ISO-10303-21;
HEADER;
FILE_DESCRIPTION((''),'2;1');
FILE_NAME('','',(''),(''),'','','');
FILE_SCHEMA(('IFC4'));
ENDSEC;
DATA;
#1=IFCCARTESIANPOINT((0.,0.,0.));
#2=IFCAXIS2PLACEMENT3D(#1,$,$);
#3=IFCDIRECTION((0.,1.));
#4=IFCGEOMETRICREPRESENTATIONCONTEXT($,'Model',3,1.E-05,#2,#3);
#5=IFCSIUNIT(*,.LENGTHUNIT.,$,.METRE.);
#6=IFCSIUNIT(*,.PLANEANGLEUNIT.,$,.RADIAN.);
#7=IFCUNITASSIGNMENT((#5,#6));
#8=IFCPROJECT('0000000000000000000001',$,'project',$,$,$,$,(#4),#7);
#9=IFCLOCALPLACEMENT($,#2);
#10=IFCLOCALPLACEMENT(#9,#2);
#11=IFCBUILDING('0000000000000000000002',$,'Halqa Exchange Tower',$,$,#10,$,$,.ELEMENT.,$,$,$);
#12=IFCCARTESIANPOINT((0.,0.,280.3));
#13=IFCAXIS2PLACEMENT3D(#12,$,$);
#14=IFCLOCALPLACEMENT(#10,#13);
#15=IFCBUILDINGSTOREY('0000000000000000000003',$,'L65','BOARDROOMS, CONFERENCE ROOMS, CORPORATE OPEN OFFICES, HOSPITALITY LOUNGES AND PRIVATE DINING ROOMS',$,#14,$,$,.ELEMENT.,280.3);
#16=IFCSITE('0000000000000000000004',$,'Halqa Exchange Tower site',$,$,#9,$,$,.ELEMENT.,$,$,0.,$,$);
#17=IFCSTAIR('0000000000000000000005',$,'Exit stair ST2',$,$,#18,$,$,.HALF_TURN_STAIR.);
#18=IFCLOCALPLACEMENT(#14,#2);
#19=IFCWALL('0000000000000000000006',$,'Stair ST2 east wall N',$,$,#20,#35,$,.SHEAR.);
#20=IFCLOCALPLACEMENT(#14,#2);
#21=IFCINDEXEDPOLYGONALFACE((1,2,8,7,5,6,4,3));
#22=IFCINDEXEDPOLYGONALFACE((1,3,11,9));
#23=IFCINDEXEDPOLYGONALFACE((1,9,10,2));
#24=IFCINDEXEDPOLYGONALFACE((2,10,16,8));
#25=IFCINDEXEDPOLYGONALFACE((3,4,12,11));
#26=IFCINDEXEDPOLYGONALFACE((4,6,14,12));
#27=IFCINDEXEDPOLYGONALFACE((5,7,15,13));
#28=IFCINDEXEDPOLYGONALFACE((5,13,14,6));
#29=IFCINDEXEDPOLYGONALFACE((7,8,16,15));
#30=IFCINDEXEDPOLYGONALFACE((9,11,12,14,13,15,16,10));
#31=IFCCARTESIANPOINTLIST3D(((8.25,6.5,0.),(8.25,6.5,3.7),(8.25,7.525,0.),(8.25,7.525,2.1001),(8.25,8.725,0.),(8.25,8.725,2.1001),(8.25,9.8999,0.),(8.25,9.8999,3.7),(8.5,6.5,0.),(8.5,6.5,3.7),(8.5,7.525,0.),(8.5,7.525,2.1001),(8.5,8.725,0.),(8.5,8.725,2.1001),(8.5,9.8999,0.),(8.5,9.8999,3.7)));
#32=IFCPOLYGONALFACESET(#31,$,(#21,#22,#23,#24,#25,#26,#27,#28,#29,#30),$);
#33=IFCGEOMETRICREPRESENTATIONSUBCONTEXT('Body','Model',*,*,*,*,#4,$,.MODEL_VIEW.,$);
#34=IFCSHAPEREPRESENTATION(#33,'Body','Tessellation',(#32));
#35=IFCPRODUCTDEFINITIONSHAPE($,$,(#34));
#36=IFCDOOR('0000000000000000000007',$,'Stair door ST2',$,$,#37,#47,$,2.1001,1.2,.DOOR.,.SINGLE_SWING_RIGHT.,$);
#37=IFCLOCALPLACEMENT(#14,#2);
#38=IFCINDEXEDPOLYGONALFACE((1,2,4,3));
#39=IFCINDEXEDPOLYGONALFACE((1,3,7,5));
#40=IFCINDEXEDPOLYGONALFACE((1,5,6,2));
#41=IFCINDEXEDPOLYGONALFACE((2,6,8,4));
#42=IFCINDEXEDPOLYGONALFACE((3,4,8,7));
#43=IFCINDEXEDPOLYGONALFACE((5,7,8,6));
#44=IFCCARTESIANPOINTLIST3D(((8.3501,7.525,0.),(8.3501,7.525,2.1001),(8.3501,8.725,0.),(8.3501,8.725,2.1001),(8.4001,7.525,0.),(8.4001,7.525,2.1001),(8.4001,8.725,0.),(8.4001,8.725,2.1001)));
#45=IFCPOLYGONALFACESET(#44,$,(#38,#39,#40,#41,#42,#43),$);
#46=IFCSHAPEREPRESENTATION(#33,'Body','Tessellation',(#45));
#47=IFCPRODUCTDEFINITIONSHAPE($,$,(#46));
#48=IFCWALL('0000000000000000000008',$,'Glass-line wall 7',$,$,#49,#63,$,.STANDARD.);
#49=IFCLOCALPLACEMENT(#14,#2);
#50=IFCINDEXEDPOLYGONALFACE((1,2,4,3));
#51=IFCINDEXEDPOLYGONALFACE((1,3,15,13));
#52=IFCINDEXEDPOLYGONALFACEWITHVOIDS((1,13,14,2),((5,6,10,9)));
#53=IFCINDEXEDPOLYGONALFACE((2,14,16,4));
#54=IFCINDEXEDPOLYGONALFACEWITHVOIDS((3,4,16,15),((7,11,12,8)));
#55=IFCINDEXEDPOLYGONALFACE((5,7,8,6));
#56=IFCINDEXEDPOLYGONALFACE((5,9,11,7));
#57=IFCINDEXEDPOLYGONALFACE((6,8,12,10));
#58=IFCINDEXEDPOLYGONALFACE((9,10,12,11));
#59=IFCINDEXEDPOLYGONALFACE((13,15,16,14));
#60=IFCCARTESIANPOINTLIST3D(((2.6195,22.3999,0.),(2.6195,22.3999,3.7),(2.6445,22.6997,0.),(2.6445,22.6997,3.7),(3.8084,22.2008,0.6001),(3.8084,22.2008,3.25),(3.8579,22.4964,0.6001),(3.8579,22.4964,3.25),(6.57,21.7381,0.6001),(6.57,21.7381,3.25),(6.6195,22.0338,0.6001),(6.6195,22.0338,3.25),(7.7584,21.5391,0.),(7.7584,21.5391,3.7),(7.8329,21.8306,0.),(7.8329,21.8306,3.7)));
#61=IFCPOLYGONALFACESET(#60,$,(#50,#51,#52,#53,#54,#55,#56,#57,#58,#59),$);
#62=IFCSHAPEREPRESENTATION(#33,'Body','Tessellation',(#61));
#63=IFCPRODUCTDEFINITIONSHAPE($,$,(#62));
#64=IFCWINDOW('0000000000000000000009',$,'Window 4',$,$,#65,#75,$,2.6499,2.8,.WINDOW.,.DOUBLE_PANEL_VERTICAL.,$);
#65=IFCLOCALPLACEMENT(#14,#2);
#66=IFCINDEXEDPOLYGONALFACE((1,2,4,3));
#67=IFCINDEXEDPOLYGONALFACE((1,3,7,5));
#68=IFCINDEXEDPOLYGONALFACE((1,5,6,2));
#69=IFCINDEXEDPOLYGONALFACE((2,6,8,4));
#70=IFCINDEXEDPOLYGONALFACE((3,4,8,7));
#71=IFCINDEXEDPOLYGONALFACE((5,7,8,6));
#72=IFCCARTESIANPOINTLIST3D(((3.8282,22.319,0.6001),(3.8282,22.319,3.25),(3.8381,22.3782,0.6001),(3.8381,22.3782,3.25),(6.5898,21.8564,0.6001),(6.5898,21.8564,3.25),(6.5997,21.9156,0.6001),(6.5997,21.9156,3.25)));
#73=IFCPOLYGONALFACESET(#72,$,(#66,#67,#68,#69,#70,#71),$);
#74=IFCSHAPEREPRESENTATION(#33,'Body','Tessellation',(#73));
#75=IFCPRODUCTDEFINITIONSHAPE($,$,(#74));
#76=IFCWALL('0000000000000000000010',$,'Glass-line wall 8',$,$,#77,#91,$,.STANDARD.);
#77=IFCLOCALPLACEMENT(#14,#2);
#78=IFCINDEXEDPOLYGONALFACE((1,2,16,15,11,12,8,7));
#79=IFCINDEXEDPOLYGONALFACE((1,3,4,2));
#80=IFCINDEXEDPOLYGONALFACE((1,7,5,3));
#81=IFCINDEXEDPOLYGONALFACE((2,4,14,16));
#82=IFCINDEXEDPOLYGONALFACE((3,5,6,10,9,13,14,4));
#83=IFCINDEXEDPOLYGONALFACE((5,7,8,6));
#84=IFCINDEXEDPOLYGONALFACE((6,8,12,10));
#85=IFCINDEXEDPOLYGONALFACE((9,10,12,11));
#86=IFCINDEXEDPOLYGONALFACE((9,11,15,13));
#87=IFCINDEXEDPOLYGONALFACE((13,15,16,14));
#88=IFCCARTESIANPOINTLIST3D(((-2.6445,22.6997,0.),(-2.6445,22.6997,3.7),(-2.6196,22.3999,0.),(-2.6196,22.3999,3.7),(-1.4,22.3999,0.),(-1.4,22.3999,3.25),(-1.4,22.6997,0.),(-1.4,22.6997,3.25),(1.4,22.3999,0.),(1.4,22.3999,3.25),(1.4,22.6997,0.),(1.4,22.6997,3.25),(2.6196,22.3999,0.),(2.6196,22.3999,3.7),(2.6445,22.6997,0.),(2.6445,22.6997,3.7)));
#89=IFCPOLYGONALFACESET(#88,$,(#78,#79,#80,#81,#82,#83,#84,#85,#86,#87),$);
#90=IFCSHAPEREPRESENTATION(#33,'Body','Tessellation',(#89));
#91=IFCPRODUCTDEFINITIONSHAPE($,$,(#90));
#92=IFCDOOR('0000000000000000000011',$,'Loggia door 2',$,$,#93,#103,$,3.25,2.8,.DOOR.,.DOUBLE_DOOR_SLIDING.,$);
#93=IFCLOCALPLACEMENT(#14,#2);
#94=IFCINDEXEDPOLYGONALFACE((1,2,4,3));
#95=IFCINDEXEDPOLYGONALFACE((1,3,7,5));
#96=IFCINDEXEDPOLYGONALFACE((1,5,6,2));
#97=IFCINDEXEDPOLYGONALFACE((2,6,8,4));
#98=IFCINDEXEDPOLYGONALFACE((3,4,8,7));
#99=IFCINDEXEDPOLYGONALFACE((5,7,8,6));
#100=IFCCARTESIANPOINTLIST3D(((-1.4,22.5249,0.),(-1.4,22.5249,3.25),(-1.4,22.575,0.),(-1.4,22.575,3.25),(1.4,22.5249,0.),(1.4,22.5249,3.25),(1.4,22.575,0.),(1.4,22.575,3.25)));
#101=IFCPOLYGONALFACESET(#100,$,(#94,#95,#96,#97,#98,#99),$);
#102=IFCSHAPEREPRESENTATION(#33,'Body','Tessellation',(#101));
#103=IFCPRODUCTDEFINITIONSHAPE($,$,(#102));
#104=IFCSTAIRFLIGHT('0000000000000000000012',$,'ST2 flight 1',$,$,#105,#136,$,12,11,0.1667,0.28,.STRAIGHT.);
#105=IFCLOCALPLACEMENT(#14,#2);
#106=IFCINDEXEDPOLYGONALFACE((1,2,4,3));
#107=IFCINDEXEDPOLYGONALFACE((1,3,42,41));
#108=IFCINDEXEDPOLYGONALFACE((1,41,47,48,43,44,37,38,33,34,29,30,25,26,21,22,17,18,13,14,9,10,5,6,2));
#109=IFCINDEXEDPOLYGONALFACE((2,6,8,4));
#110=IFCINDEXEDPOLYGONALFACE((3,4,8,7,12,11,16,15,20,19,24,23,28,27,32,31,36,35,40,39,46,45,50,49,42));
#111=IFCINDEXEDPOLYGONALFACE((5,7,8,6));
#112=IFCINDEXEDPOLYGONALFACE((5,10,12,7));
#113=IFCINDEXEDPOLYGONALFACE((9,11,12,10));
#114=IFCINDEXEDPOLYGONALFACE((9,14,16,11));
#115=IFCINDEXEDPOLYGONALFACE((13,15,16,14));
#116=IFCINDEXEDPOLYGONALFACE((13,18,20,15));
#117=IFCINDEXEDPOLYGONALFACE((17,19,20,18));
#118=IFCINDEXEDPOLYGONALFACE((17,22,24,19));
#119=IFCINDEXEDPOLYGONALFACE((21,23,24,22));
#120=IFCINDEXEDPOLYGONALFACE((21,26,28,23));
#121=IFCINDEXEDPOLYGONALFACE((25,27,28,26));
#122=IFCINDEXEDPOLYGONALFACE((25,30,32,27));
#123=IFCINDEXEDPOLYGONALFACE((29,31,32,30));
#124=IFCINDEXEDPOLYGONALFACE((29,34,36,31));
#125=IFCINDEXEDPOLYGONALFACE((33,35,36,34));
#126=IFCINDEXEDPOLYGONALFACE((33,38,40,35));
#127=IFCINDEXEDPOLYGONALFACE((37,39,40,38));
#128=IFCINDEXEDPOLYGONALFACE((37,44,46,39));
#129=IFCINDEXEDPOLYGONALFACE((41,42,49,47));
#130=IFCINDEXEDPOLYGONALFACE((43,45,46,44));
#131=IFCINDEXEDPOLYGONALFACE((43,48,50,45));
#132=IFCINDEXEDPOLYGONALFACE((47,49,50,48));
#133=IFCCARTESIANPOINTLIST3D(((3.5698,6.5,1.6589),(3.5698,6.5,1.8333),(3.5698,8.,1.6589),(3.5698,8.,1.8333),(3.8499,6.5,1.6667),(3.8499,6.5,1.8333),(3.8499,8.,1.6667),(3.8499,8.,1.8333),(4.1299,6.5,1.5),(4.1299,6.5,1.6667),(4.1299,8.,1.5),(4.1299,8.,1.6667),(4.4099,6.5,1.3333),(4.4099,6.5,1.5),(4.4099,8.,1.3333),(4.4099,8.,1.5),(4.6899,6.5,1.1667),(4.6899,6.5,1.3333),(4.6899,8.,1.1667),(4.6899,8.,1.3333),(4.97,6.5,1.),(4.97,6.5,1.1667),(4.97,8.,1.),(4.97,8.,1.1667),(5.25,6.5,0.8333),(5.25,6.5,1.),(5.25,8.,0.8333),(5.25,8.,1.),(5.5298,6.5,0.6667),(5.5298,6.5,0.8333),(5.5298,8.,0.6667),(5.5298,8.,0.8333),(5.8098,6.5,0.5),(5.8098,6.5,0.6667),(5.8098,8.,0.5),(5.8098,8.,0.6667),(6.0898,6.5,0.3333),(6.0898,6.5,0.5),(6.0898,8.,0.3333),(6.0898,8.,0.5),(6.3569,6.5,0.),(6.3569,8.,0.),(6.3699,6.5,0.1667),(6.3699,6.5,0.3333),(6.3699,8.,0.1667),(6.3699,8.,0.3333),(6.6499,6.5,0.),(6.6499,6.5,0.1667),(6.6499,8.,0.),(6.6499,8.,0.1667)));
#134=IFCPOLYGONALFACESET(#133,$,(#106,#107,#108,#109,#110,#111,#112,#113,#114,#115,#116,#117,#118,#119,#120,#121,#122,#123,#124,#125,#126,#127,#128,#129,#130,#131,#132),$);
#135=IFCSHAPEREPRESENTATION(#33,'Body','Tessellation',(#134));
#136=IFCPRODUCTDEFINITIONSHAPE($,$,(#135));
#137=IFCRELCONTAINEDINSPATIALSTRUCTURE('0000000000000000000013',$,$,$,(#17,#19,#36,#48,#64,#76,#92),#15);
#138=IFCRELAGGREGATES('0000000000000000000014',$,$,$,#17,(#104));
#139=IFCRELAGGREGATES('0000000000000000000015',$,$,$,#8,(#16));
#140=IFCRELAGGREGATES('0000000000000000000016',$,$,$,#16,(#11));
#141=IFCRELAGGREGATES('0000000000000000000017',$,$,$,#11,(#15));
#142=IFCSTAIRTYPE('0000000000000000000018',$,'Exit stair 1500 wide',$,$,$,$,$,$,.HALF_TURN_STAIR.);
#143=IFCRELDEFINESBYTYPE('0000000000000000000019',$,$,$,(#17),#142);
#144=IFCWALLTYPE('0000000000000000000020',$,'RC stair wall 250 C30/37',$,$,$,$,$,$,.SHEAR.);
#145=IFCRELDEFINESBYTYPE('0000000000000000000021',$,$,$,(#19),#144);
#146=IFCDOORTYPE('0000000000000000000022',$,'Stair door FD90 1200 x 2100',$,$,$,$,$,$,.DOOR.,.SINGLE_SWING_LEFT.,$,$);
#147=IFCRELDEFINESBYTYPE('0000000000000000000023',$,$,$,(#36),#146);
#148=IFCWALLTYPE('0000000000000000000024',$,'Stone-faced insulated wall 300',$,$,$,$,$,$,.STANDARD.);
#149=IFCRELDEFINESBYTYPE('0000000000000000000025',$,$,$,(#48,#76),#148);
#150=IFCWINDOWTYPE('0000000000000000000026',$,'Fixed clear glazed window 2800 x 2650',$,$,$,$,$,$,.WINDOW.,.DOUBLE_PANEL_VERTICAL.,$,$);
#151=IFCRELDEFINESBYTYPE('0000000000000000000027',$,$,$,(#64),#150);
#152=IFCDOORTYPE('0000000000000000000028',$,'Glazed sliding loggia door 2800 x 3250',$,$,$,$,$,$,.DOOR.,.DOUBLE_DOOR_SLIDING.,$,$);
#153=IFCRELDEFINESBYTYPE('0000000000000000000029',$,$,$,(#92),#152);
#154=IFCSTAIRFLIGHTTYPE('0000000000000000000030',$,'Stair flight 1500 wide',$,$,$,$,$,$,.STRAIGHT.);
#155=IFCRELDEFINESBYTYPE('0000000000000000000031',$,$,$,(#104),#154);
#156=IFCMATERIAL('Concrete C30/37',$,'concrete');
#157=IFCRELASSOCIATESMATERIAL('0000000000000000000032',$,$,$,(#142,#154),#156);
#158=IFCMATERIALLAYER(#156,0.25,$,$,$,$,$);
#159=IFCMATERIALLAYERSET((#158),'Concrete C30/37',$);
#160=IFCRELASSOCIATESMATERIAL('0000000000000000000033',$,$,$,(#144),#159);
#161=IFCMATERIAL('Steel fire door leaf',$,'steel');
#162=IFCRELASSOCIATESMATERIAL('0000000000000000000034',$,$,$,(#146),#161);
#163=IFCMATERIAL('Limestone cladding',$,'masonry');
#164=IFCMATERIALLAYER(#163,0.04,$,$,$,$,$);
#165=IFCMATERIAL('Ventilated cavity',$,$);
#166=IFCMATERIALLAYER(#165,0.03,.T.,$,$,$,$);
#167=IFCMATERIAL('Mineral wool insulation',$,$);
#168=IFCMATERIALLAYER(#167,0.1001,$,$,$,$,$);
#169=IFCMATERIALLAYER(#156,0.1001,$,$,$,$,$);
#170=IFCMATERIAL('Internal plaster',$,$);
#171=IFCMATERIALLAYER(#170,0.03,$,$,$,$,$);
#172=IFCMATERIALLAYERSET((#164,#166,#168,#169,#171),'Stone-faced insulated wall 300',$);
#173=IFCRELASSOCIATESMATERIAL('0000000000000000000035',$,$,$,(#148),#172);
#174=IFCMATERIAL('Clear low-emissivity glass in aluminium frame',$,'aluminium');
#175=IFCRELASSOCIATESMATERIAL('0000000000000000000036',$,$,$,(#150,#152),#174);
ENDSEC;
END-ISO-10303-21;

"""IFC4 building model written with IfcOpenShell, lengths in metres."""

from ifc_helpers import new_model, si_unit, direction, frame, frame_2d, origin, place, context, subcontext, project, spatial, polyline, rectangle, outline, extrude, material, layer, layer_set, type_object, element, fill, aggregate, save


model = new_model("IFC4")

# Units and contexts
model_context = context("Model", 3, precision=1e-05, world=origin(), true_north=direction((0.0, 1.0)))
body_context = subcontext(model_context, "Body", "Model", "MODEL_VIEW")
ifc_project = project(units=[si_unit("LENGTHUNIT", "METRE"), si_unit("PLANEANGLEUNIT", "RADIAN")], contexts=[model_context])

# Site, building, storey
site_placement = place(None, origin())
site = spatial("IfcSite", under=ifc_project, at=site_placement, Name="Halqa Exchange Tower site", CompositionType="ELEMENT", RefElevation=0.0)
building_placement = place(site_placement, origin())
building = spatial("IfcBuilding", under=site, at=building_placement, Name="Halqa Exchange Tower", CompositionType="ELEMENT")
storey_placement = place(building_placement, frame((0.0, 0.0, 280.3)))
storey = spatial("IfcBuildingStorey", under=building, at=storey_placement, Name="L65", Description="BOARDROOMS, CONFERENCE ROOMS, CORPORATE OPEN OFFICES, HOSPITALITY LOUNGES AND PRIVATE DINING ROOMS", CompositionType="ELEMENT", Elevation=280.3)

# Stair
ifc_material_1 = material(Name="Concrete C30/37", Category="concrete")
stair_type = type_object("IfcStairType", Name="Exit stair 1500 wide", PredefinedType="HALF_TURN_STAIR", material=ifc_material_1)
stair_1_placement = place(storey_placement, origin())
stair_1 = element("IfcStair", 1, at=stair_1_placement, inside=storey, type_object=stair_type, Name="Exit stair ST2", PredefinedType="HALF_TURN_STAIR")

# Shared definitions
ifc_layer_1 = layer(ifc_material_1, 0.25)
ifc_layer_set_1 = layer_set([ifc_layer_1], Name="Concrete C30/37")
wall_type_1 = type_object("IfcWallType", Name="RC stair wall 250 C30/37", PredefinedType="SHEAR", material=ifc_layer_set_1)

# Wall, opening, door
wall_1_placement = place(storey_placement, frame((8.375, 6.5, 0.0), z_axis=(0.0, 0.0, 1.0), x_axis=(0.0, 1.0, 0.0)))
wall_1 = element("IfcWall", 2, at=wall_1_placement, inside=storey, type_object=wall_type_1, Name="Stair ST2 east wall N", PredefinedType="SHEAR", context=body_context, shape_type="SweptSolid", body=[
    extrude(rectangle(XDim=3.3999, YDim=0.25, at=frame_2d((1.7, 0.0))), origin(), (0.0, 0.0, 1.0), 3.7),
])
opening_1_placement = place(wall_1_placement, frame((1.0249, 0.0, 0.0)))
opening_1 = element("IfcOpeningElement", 3, at=opening_1_placement, cuts=wall_1, PredefinedType="OPENING", context=body_context, shape_type="SweptSolid", body=[
    extrude(rectangle(XDim=1.2, YDim=2.1001, at=frame_2d((0.6001, 1.05))), frame((0.0, 0.137, 0.0), z_axis=(0.0, -1.0, 0.0), x_axis=(1.0, 0.0, 0.0)), (0.0, 0.0, 1.0), 0.2739),
])
ifc_material_2 = material(Name="Steel fire door leaf", Category="steel")
door_type_1 = type_object("IfcDoorType", Name="Stair door FD90 1200 x 2100", OperationType="SINGLE_SWING_LEFT", PredefinedType="DOOR", material=ifc_material_2)
door_1_placement = place(opening_1_placement, origin())
door_1 = element("IfcDoor", 4, at=door_1_placement, inside=storey, type_object=door_type_1, Name="Stair door ST2", OperationType="SINGLE_SWING_RIGHT", OverallHeight=2.1001, OverallWidth=1.2, PredefinedType="DOOR", context=body_context, shape_type="SweptSolid", body=[
    extrude(rectangle(XDim=1.2, YDim=2.1001, at=frame_2d((0.6001, 1.05))), frame((0.0, 0.0249, 0.0), z_axis=(0.0, -1.0, 0.0), x_axis=(1.0, 0.0, 0.0)), (0.0, 0.0, 1.0), 0.05),
])
fill(opening_1, door_1)

# Wall, opening, window
ifc_material_3 = material(Name="Limestone cladding", Category="masonry")
ifc_layer_2 = layer(ifc_material_3, 0.04)
ifc_material_4 = material(Name="Ventilated cavity")
ifc_layer_3 = layer(ifc_material_4, 0.03, ventilated=True)
ifc_material_5 = material(Name="Mineral wool insulation")
ifc_layer_4 = layer(ifc_material_5, 0.1001)
ifc_layer_5 = layer(ifc_material_1, 0.1001)
ifc_material_6 = material(Name="Internal plaster")
ifc_layer_6 = layer(ifc_material_6, 0.03)
ifc_layer_set_2 = layer_set([ifc_layer_2, ifc_layer_3, ifc_layer_4, ifc_layer_5, ifc_layer_6], Name="Stone-faced insulated wall 300")
wall_type_2 = type_object("IfcWallType", Name="Stone-faced insulated wall 300", PredefinedType="STANDARD", material=ifc_layer_set_2)
wall_2_placement = place(storey_placement, frame((7.7957, 21.6848, 0.0), z_axis=(0.0, 0.0, 1.0), x_axis=(-0.986257, 0.165216, 0.0)))
wall_2 = element("IfcWall", 5, at=wall_2_placement, inside=storey, type_object=wall_type_2, Name="Glass-line wall 7", PredefinedType="STANDARD", context=body_context, shape_type="SweptSolid", body=[
    extrude(outline(polyline([(-0.0127, -0.1499), (5.248, -0.1499), (5.2231, 0.1499), (0.0127, 0.1499), (-0.0127, -0.1499)])), origin(), (0.0, 0.0, 1.0), 3.7),
])
opening_2_placement = place(wall_2_placement, frame((1.2178, 0.0, 0.6001)))
opening_2 = element("IfcOpeningElement", 6, at=opening_2_placement, cuts=wall_2, PredefinedType="OPENING", context=body_context, shape_type="SweptSolid", body=[
    extrude(rectangle(XDim=2.8, YDim=2.6499, at=frame_2d((1.3999, 1.325))), frame((0.0, 0.1621, 0.0), z_axis=(0.0, -1.0, 0.0), x_axis=(1.0, 0.0, 0.0)), (0.0, 0.0, 1.0), 0.324),
])
ifc_material_7 = material(Name="Clear low-emissivity glass in aluminium frame", Category="aluminium")
window_type = type_object("IfcWindowType", Name="Fixed clear glazed window 2800 x 2650", PartitioningType="DOUBLE_PANEL_VERTICAL", PredefinedType="WINDOW", material=ifc_material_7)
window_placement = place(opening_2_placement, origin())
window = element("IfcWindow", 7, at=window_placement, inside=storey, type_object=window_type, Name="Window 4", OverallHeight=2.6499, OverallWidth=2.8, PartitioningType="DOUBLE_PANEL_VERTICAL", PredefinedType="WINDOW", context=body_context, shape_type="SweptSolid", body=[
    extrude(rectangle(XDim=2.8, YDim=2.6499, at=frame_2d((1.3999, 1.325))), frame((0.0, 0.03, 0.0), z_axis=(0.0, -1.0, 0.0), x_axis=(1.0, 0.0, 0.0)), (0.0, 0.0, 1.0), 0.0601),
])
fill(opening_2, window)

# Wall, opening, door
wall_3_placement = place(storey_placement, frame((2.6321, 22.5498, 0.0), z_axis=(0.0, 0.0, 1.0), x_axis=(-1.0, 0.0, 0.0)))
wall_3 = element("IfcWall", 8, at=wall_3_placement, inside=storey, type_object=wall_type_2, Name="Glass-line wall 8", PredefinedType="STANDARD", context=body_context, shape_type="SweptSolid", body=[
    extrude(outline(polyline([(-0.0125, -0.1499), (5.2766, -0.1499), (5.2517, 0.1499), (0.0125, 0.1499), (-0.0125, -0.1499)])), origin(), (0.0, 0.0, 1.0), 3.7),
])
opening_3_placement = place(wall_3_placement, frame((1.2322, 0.0, 0.0)))
opening_3 = element("IfcOpeningElement", 9, at=opening_3_placement, cuts=wall_3, PredefinedType="OPENING", context=body_context, shape_type="SweptSolid", body=[
    extrude(rectangle(XDim=2.8, YDim=3.25, at=frame_2d((1.3999, 1.625))), frame((0.0, 0.1621, 0.0), z_axis=(0.0, -1.0, 0.0), x_axis=(1.0, 0.0, 0.0)), (0.0, 0.0, 1.0), 0.324),
])
door_type_2 = type_object("IfcDoorType", Name="Glazed sliding loggia door 2800 x 3250", OperationType="DOUBLE_DOOR_SLIDING", PredefinedType="DOOR", material=ifc_material_7)
door_2_placement = place(opening_3_placement, origin())
door_2 = element("IfcDoor", 10, at=door_2_placement, inside=storey, type_object=door_type_2, Name="Loggia door 2", OperationType="DOUBLE_DOOR_SLIDING", OverallHeight=3.25, OverallWidth=2.8, PredefinedType="DOOR", context=body_context, shape_type="SweptSolid", body=[
    extrude(rectangle(XDim=2.8, YDim=3.25, at=frame_2d((1.3999, 1.625))), frame((0.0, 0.0249, 0.0), z_axis=(0.0, -1.0, 0.0), x_axis=(1.0, 0.0, 0.0)), (0.0, 0.0, 1.0), 0.05),
])
fill(opening_3, door_2)

# Stair flight
stair_flight_type = type_object("IfcStairFlightType", Name="Stair flight 1500 wide", PredefinedType="STRAIGHT", material=ifc_material_1)
stair_flight_1_placement = place(storey_placement, frame((6.6499, 7.25, 0.0), z_axis=(0.0, 0.0, 1.0), x_axis=(-1.0, 0.0, 0.0)))
stair_flight_1 = element("IfcStairFlight", 11, at=stair_flight_1_placement, type_object=stair_flight_type, Name="ST2 flight 1", NumberOfRisers=12, NumberOfTreads=11, PredefinedType="STRAIGHT", RiserHeight=0.1667, TreadLength=0.28, context=body_context, shape_type="SweptSolid", body=[
    extrude(outline(polyline([(0.0, 0.0), (0.0, 0.1667), (0.28, 0.1667), (0.28, 0.3333), (0.5601, 0.3333), (0.5601, 0.5), (0.8401, 0.5), (0.8401, 0.6667), (1.1201, 0.6667), (1.1201, 0.8333), (1.3999, 0.8333), (1.3999, 1.0), (1.6799, 1.0), (1.6799, 1.1667), (1.96, 1.1667), (1.96, 1.3333), (2.24, 1.3333), (2.24, 1.5), (2.52, 1.5), (2.52, 1.6667), (2.8, 1.6667), (2.8, 1.8333), (3.0801, 1.8333), (3.0801, 2.0), (3.0801, 1.6589), (0.293, 0.0), (0.0, 0.0)])), frame((0.0, 0.75, 0.0), z_axis=(0.0, -1.0, 0.0), x_axis=(1.0, 0.0, 0.0)), (0.0, 0.0, 1.0), 1.5),
])
aggregate(stair_1, [stair_flight_1])

save(model, "model.ifc")
